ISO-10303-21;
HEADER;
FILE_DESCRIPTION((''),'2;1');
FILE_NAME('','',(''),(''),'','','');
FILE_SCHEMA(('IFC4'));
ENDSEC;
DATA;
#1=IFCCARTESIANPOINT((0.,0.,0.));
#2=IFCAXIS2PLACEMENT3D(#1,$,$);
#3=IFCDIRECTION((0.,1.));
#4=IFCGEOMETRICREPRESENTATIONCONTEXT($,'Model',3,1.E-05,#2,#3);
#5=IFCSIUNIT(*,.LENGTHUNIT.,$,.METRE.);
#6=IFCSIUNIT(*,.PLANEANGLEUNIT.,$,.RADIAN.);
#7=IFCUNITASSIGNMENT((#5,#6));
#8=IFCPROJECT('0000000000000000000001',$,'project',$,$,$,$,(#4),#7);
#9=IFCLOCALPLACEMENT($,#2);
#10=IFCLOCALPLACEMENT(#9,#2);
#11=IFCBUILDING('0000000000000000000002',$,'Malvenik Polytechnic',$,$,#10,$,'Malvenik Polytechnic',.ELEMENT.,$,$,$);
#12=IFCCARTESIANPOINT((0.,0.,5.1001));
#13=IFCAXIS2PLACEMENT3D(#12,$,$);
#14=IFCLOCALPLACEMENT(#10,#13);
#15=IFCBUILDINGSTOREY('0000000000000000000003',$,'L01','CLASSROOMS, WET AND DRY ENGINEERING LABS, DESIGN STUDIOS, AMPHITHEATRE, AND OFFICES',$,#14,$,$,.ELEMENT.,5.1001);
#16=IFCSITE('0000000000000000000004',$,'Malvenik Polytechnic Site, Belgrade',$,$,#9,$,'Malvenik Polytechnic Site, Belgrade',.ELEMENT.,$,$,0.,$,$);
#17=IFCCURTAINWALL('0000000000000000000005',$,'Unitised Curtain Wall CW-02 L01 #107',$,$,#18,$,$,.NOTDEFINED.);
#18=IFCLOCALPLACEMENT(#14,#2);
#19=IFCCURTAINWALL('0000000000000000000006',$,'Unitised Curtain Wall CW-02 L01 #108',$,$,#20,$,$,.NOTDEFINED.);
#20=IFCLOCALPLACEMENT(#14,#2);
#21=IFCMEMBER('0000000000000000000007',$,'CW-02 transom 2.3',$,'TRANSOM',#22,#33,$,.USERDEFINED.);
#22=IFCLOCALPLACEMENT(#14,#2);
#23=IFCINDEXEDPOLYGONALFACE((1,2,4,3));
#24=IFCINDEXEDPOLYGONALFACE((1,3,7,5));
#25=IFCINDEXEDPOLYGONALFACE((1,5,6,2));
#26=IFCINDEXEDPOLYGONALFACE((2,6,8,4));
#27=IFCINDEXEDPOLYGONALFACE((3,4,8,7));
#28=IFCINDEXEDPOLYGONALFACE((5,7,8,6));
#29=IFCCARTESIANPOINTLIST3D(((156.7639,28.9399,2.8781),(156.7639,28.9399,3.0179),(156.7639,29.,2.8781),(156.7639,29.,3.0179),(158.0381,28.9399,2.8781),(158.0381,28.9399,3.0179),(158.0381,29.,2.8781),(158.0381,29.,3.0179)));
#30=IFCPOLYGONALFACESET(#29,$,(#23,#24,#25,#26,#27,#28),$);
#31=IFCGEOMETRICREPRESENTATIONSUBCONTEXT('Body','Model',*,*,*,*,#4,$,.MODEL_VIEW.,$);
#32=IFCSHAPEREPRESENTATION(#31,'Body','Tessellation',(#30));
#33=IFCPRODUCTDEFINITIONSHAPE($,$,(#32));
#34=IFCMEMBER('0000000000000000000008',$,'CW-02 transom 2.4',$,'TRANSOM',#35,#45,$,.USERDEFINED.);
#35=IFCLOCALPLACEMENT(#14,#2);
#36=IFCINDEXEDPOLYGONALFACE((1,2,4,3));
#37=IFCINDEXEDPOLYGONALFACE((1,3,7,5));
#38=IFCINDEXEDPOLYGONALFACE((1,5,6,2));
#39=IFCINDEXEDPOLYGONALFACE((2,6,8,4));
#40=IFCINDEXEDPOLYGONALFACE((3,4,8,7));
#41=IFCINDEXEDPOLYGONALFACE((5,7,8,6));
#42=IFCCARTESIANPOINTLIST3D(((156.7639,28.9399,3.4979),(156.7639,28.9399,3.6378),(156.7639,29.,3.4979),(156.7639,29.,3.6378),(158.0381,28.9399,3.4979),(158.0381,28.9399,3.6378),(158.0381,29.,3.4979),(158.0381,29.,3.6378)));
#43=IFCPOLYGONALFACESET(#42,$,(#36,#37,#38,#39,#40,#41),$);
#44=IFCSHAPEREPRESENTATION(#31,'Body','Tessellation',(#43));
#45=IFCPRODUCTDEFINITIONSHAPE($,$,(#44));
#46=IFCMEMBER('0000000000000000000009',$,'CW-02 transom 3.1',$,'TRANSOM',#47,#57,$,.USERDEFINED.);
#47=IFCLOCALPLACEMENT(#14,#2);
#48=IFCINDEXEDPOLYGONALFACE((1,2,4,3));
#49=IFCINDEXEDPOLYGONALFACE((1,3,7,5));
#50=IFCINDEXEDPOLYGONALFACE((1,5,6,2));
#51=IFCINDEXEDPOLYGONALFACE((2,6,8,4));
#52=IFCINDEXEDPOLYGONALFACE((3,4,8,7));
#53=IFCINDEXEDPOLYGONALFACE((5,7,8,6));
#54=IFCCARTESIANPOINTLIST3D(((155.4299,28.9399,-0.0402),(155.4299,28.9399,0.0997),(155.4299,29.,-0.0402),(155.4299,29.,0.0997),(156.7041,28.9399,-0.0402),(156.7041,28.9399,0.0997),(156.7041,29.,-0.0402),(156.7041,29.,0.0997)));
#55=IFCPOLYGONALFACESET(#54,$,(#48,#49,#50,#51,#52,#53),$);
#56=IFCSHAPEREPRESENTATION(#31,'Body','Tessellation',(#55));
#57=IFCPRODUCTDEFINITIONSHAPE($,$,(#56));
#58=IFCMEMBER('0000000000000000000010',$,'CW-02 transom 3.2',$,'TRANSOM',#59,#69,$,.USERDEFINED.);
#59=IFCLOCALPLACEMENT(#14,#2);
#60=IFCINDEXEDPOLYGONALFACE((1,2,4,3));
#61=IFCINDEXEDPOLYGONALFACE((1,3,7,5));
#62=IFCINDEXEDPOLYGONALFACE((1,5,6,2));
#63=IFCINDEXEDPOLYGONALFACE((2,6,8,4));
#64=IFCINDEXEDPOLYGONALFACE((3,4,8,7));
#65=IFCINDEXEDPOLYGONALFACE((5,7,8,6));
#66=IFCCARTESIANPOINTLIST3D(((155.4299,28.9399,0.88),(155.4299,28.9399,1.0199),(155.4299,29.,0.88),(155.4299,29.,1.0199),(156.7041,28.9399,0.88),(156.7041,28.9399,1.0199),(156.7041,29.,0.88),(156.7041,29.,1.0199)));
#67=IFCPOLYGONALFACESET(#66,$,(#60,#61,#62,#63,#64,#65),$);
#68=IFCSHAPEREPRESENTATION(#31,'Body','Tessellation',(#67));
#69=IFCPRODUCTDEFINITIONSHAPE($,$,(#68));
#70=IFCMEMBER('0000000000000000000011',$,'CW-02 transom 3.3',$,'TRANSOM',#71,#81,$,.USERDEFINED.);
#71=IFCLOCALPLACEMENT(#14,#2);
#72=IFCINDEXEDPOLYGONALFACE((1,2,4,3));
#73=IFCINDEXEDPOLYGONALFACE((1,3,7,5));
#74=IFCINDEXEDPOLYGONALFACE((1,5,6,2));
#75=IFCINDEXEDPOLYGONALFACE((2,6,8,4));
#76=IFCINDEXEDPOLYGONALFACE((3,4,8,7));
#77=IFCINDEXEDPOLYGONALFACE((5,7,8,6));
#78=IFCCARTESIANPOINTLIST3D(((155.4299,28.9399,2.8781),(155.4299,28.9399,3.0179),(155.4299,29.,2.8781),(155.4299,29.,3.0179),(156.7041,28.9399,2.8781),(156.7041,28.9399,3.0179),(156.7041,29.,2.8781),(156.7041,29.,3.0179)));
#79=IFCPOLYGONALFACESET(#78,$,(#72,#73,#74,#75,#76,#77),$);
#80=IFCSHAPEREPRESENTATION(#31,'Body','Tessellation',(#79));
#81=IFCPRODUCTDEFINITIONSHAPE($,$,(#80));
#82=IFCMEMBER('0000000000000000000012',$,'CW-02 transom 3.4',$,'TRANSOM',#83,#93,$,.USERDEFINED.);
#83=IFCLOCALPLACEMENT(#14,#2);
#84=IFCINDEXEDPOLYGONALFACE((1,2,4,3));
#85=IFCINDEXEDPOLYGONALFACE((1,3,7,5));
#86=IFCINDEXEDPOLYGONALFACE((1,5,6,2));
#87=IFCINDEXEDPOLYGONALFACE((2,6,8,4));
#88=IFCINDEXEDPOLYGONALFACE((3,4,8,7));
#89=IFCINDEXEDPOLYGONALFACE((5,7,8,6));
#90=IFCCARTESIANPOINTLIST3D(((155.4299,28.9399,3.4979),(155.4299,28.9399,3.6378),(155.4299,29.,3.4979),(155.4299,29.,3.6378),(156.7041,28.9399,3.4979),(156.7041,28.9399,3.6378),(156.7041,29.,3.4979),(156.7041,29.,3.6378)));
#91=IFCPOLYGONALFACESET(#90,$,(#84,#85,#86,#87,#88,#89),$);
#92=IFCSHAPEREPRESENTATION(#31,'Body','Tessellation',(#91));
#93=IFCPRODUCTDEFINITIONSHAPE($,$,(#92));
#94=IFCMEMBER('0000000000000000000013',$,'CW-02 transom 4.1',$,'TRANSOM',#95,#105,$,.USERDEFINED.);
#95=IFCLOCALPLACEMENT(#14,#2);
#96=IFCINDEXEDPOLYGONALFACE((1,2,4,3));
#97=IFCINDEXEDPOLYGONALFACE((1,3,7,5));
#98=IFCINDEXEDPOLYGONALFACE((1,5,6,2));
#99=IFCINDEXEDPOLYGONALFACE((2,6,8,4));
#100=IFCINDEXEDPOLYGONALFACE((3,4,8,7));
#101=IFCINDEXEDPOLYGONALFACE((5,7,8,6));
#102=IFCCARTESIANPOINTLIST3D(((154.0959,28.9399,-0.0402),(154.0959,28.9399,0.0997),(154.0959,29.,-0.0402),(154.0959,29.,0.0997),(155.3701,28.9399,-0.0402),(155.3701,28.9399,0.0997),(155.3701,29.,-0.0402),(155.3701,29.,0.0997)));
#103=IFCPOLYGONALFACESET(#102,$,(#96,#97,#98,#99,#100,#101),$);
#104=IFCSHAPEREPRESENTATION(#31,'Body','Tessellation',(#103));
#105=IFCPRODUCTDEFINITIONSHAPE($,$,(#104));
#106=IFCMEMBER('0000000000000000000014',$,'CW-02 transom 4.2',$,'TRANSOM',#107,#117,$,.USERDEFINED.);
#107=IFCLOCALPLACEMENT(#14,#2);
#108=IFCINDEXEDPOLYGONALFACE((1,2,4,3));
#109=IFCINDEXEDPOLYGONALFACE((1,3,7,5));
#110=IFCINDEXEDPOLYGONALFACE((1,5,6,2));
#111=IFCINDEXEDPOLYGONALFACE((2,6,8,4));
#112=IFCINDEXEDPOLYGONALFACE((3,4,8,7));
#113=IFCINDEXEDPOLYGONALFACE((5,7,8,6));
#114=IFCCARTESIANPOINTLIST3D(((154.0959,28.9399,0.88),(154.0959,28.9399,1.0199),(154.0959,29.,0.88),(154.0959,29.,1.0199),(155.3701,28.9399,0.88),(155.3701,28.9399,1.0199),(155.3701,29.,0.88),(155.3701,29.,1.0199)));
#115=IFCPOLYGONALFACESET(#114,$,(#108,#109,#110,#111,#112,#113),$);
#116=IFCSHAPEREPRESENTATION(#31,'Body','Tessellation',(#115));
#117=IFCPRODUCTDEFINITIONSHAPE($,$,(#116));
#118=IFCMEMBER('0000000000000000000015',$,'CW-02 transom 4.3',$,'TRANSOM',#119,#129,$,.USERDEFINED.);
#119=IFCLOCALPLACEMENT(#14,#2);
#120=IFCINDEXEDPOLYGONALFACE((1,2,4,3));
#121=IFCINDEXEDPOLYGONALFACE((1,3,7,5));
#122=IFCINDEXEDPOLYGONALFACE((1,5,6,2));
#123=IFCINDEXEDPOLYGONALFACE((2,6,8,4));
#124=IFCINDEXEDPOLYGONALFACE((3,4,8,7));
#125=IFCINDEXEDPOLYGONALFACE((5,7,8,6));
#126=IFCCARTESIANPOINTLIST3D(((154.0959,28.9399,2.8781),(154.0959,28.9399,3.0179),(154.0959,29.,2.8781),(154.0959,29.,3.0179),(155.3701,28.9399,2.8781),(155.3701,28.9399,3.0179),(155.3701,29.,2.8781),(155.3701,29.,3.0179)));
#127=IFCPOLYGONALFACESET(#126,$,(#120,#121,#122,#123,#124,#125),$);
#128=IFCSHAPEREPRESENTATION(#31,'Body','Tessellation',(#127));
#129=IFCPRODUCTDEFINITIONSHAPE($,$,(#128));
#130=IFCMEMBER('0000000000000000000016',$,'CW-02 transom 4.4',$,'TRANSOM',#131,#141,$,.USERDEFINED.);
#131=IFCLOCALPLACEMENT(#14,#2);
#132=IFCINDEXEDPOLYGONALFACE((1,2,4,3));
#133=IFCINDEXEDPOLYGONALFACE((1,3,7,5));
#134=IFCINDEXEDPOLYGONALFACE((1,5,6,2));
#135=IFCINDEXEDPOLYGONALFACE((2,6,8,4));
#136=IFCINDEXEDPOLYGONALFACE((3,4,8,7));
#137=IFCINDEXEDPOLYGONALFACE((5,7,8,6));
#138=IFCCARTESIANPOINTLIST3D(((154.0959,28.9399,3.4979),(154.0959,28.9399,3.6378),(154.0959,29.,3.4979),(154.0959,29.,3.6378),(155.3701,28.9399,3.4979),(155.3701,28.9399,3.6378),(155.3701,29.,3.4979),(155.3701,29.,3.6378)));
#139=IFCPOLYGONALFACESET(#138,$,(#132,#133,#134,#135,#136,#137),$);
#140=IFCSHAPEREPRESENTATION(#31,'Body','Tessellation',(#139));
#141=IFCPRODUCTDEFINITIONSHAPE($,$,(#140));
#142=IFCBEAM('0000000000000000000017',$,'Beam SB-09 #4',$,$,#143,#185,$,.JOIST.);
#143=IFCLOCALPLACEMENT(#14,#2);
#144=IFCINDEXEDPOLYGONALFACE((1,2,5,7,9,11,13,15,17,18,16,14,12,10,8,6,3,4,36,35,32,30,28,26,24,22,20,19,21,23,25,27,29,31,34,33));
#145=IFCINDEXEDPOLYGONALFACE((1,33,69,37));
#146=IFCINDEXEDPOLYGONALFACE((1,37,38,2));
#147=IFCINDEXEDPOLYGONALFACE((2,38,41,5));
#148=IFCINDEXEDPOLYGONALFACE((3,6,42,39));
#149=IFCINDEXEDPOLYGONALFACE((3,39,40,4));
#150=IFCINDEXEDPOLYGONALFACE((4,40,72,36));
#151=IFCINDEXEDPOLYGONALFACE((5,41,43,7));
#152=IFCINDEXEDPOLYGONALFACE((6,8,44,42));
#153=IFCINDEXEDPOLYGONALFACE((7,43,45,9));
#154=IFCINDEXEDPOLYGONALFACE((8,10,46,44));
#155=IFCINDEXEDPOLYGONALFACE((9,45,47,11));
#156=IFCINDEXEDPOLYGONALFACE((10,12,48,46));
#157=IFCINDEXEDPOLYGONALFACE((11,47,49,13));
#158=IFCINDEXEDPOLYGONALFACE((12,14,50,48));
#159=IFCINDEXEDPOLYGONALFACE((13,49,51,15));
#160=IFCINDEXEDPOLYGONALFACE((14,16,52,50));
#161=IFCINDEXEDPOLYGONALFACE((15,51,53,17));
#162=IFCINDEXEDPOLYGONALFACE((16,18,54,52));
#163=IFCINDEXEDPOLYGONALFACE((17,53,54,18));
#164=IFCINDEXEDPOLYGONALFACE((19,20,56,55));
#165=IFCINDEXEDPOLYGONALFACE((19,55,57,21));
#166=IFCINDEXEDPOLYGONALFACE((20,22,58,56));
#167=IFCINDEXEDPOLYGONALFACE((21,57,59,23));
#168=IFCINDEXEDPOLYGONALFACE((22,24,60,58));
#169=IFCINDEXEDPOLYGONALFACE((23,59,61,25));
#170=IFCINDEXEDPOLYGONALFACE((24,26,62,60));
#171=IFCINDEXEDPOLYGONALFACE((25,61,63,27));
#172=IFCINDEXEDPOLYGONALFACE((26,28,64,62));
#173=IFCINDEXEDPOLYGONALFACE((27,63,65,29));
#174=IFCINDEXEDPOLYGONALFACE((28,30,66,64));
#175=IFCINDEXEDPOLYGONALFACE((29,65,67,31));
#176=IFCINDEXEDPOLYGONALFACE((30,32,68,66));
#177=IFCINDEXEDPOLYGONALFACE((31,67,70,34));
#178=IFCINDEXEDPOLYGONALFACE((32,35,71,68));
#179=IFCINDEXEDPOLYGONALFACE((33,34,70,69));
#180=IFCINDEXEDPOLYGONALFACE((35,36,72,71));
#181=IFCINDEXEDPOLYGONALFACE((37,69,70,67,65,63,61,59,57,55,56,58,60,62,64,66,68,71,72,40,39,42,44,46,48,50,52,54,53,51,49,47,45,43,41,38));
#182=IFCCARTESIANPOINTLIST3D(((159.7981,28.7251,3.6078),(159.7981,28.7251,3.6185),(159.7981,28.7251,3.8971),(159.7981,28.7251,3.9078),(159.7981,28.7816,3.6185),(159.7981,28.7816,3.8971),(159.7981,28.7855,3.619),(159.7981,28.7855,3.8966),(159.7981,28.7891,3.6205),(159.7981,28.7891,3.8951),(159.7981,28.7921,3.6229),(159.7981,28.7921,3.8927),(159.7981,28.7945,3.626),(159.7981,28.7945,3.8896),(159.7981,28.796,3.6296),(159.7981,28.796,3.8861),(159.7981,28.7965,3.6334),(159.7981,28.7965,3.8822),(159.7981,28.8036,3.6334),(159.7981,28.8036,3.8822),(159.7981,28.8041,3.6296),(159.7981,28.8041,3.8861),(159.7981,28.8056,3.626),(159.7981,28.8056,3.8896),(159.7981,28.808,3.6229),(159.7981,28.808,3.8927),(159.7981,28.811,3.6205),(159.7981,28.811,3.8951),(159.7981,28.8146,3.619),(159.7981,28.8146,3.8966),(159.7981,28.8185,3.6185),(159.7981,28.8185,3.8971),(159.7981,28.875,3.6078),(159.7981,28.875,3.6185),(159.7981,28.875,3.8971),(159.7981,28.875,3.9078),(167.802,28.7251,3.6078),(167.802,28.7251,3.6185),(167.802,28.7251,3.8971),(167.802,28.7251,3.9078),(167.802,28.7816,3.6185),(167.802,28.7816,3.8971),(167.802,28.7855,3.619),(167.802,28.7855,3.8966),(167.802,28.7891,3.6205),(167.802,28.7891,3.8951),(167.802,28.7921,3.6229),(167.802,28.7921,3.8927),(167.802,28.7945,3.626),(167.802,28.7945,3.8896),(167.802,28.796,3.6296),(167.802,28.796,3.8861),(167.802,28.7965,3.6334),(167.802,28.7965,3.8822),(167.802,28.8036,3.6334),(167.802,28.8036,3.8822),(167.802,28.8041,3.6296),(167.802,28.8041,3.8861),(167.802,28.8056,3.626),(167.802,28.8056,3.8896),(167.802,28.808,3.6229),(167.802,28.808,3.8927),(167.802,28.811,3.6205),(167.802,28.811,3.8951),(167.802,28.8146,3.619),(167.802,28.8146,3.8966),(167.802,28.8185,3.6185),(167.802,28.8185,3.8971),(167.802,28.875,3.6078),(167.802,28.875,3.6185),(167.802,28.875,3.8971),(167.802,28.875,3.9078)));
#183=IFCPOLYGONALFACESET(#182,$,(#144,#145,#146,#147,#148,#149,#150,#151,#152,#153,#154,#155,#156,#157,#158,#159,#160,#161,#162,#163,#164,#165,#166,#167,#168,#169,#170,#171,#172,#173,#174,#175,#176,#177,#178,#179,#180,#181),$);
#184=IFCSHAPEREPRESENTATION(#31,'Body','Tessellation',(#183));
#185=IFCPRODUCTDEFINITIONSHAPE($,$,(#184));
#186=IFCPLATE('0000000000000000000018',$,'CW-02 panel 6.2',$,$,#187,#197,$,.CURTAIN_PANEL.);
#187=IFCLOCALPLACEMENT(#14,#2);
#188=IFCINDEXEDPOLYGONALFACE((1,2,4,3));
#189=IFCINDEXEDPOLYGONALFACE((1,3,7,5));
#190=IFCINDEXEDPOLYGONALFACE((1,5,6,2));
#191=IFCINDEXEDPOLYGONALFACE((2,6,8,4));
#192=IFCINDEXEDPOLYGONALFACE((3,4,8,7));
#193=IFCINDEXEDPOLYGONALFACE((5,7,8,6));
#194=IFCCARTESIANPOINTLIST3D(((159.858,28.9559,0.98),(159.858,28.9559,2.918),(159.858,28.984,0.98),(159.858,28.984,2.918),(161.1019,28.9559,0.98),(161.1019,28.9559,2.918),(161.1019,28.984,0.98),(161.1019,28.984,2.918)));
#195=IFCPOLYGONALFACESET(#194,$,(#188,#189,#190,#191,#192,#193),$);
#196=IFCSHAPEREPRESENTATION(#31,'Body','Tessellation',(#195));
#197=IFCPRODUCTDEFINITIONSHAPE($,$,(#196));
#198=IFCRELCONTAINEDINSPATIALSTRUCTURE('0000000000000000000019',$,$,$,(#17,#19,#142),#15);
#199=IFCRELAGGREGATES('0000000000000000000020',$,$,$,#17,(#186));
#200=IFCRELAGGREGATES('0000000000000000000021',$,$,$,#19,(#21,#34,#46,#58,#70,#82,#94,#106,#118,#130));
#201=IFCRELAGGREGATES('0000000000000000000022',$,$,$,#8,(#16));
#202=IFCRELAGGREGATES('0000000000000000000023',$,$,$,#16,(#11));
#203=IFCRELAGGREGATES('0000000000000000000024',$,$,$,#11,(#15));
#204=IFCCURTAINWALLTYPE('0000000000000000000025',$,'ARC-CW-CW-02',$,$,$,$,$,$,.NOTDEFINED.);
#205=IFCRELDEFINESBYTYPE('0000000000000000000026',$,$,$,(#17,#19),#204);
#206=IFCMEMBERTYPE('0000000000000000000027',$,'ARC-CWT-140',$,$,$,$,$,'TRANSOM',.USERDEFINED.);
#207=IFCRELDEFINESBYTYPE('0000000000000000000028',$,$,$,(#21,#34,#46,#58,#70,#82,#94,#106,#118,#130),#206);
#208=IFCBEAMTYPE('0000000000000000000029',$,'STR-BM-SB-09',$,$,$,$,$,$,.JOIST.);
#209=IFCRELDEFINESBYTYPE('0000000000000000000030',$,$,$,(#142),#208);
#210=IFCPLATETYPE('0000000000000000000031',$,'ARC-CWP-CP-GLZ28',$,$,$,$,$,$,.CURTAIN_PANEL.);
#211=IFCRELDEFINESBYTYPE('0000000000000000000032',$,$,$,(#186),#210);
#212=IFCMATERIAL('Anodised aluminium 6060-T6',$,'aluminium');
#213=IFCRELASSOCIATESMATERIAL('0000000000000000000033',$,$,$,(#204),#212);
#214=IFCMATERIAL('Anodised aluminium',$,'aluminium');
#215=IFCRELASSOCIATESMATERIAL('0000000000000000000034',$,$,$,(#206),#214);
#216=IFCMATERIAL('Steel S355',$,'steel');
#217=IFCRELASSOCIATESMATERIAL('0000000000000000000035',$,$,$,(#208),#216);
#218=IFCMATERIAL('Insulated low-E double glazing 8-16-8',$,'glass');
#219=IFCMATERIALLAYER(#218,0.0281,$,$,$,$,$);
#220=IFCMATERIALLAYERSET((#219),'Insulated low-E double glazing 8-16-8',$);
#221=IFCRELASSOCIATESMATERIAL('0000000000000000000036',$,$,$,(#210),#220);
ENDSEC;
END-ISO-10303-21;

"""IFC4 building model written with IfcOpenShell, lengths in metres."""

from ifc_helpers import new_model, si_unit, direction, frame, origin, origin_2d, place, context, subcontext, project, spatial, rectangle, i_section, extrude, material, layer, layer_set, material_profile, profile_set, type_object, element, aggregate, save


model = new_model("IFC4")

# Units and contexts
model_context = context("Model", 3, precision=1e-05, world=origin(), true_north=direction((0.0, 1.0)))
body_context = subcontext(model_context, "Body", "Model", "MODEL_VIEW")
ifc_project = project(units=[si_unit("LENGTHUNIT", "METRE"), si_unit("PLANEANGLEUNIT", "RADIAN")], contexts=[model_context])

# Site, building, storey
site_placement = place(None, origin())
site = spatial("IfcSite", under=ifc_project, at=site_placement, Name="Malvenik Polytechnic Site, Belgrade", LongName="Malvenik Polytechnic Site, Belgrade", CompositionType="ELEMENT", RefElevation=0.0)
building_placement = place(site_placement, origin())
building = spatial("IfcBuilding", under=site, at=building_placement, Name="Malvenik Polytechnic", LongName="Malvenik Polytechnic", CompositionType="ELEMENT")
storey_placement = place(building_placement, frame((0.0, 0.0, 5.1001)))
storey = spatial("IfcBuildingStorey", under=building, at=storey_placement, Name="L01", Description="CLASSROOMS, WET AND DRY ENGINEERING LABS, DESIGN STUDIOS, AMPHITHEATRE, AND OFFICES", CompositionType="ELEMENT", Elevation=5.1001)

# Curtain wall
ifc_material_1 = material(Name="Anodised aluminium 6060-T6", Category="aluminium")
curtain_wall_type = type_object("IfcCurtainWallType", Name="ARC-CW-CW-02", PredefinedType="NOTDEFINED", material=ifc_material_1)
curtain_wall_1_placement = place(storey_placement, origin())
curtain_wall_1 = element("IfcCurtainWall", 1, at=curtain_wall_1_placement, inside=storey, type_object=curtain_wall_type, Name="Unitised Curtain Wall CW-02 L01 #107", PredefinedType="NOTDEFINED")
ifc_material_2 = material(Name="Anodised aluminium", Category="aluminium")

# Curtain wall
curtain_wall_2_placement = place(storey_placement, origin())
curtain_wall_2 = element("IfcCurtainWall", 2, at=curtain_wall_2_placement, inside=storey, type_object=curtain_wall_type, Name="Unitised Curtain Wall CW-02 L01 #108", PredefinedType="NOTDEFINED")

# Members
ifc_material_profile_1 = material_profile(ifc_material_2, rectangle(XDim=0.0601, YDim=0.1399, at=origin_2d()), Name="ALU TRANSOM 60x140")
ifc_profile_set_1 = profile_set([ifc_material_profile_1], Name="Anodised aluminium")
member_type_1 = type_object("IfcMemberType", Name="ARC-CWT-140", ElementType="TRANSOM", PredefinedType="USERDEFINED", material=ifc_profile_set_1)
member_1_placement = place(storey_placement, frame((158.0381, 28.97, 2.948), z_axis=(-1.0, 0.0, 0.0), x_axis=(0.0, -1.0, 0.0)))
member_1 = element("IfcMember", 3, at=member_1_placement, type_object=member_type_1, Name="CW-02 transom 2.3", ObjectType="TRANSOM", PredefinedType="USERDEFINED", context=body_context, shape_type="SweptSolid", body=[
    extrude(rectangle(XDim=0.0601, YDim=0.1399, at=origin_2d()), origin(), (0.0, 0.0, 1.0), 1.2742),
])
member_2_placement = place(storey_placement, frame((158.0381, 28.97, 3.5679), z_axis=(-1.0, 0.0, 0.0), x_axis=(0.0, -1.0, 0.0)))
member_2 = element("IfcMember", 4, at=member_2_placement, type_object=member_type_1, Name="CW-02 transom 2.4", ObjectType="TRANSOM", PredefinedType="USERDEFINED", context=body_context, shape_type="SweptSolid", body=[
    extrude(rectangle(XDim=0.0601, YDim=0.1399, at=origin_2d()), origin(), (0.0, 0.0, 1.0), 1.2742),
])
member_3_placement = place(storey_placement, frame((156.7041, 28.97, 0.0298), z_axis=(-1.0, 0.0, 0.0), x_axis=(0.0, -1.0, 0.0)))
member_3 = element("IfcMember", 5, at=member_3_placement, type_object=member_type_1, Name="CW-02 transom 3.1", ObjectType="TRANSOM", PredefinedType="USERDEFINED", context=body_context, shape_type="SweptSolid", body=[
    extrude(rectangle(XDim=0.0601, YDim=0.1399, at=origin_2d()), origin(), (0.0, 0.0, 1.0), 1.2742),
])
member_4_placement = place(storey_placement, frame((156.7041, 28.97, 0.95), z_axis=(-1.0, 0.0, 0.0), x_axis=(0.0, -1.0, 0.0)))
member_4 = element("IfcMember", 6, at=member_4_placement, type_object=member_type_1, Name="CW-02 transom 3.2", ObjectType="TRANSOM", PredefinedType="USERDEFINED", context=body_context, shape_type="SweptSolid", body=[
    extrude(rectangle(XDim=0.0601, YDim=0.1399, at=origin_2d()), origin(), (0.0, 0.0, 1.0), 1.2742),
])
member_5_placement = place(storey_placement, frame((156.7041, 28.97, 2.948), z_axis=(-1.0, 0.0, 0.0), x_axis=(0.0, -1.0, 0.0)))
member_5 = element("IfcMember", 7, at=member_5_placement, type_object=member_type_1, Name="CW-02 transom 3.3", ObjectType="TRANSOM", PredefinedType="USERDEFINED", context=body_context, shape_type="SweptSolid", body=[
    extrude(rectangle(XDim=0.0601, YDim=0.1399, at=origin_2d()), origin(), (0.0, 0.0, 1.0), 1.2742),
])
member_6_placement = place(storey_placement, frame((156.7041, 28.97, 3.5679), z_axis=(-1.0, 0.0, 0.0), x_axis=(0.0, -1.0, 0.0)))
member_6 = element("IfcMember", 8, at=member_6_placement, type_object=member_type_1, Name="CW-02 transom 3.4", ObjectType="TRANSOM", PredefinedType="USERDEFINED", context=body_context, shape_type="SweptSolid", body=[
    extrude(rectangle(XDim=0.0601, YDim=0.1399, at=origin_2d()), origin(), (0.0, 0.0, 1.0), 1.2742),
])
member_7_placement = place(storey_placement, frame((155.3701, 28.97, 0.0298), z_axis=(-1.0, 0.0, 0.0), x_axis=(0.0, -1.0, 0.0)))
member_7 = element("IfcMember", 9, at=member_7_placement, type_object=member_type_1, Name="CW-02 transom 4.1", ObjectType="TRANSOM", PredefinedType="USERDEFINED", context=body_context, shape_type="SweptSolid", body=[
    extrude(rectangle(XDim=0.0601, YDim=0.1399, at=origin_2d()), origin(), (0.0, 0.0, 1.0), 1.2742),
])
member_8_placement = place(storey_placement, frame((155.3701, 28.97, 0.95), z_axis=(-1.0, 0.0, 0.0), x_axis=(0.0, -1.0, 0.0)))
member_8 = element("IfcMember", 10, at=member_8_placement, type_object=member_type_1, Name="CW-02 transom 4.2", ObjectType="TRANSOM", PredefinedType="USERDEFINED", context=body_context, shape_type="SweptSolid", body=[
    extrude(rectangle(XDim=0.0601, YDim=0.1399, at=origin_2d()), origin(), (0.0, 0.0, 1.0), 1.2742),
])
member_9_placement = place(storey_placement, frame((155.3701, 28.97, 2.948), z_axis=(-1.0, 0.0, 0.0), x_axis=(0.0, -1.0, 0.0)))
member_9 = element("IfcMember", 11, at=member_9_placement, type_object=member_type_1, Name="CW-02 transom 4.3", ObjectType="TRANSOM", PredefinedType="USERDEFINED", context=body_context, shape_type="SweptSolid", body=[
    extrude(rectangle(XDim=0.0601, YDim=0.1399, at=origin_2d()), origin(), (0.0, 0.0, 1.0), 1.2742),
])
member_10_placement = place(storey_placement, frame((155.3701, 28.97, 3.5679), z_axis=(-1.0, 0.0, 0.0), x_axis=(0.0, -1.0, 0.0)))
member_10 = element("IfcMember", 12, at=member_10_placement, type_object=member_type_1, Name="CW-02 transom 4.4", ObjectType="TRANSOM", PredefinedType="USERDEFINED", context=body_context, shape_type="SweptSolid", body=[
    extrude(rectangle(XDim=0.0601, YDim=0.1399, at=origin_2d()), origin(), (0.0, 0.0, 1.0), 1.2742),
])

# Beam
ifc_material_3 = material(Name="Steel S355", Category="steel")
ifc_material_profile_2 = material_profile(ifc_material_3, i_section(OverallWidth=0.1499, OverallDepth=0.3, WebThickness=0.0071, FlangeThickness=0.0107, FilletRadius=0.0149, at=origin_2d()), Name="IPE 300")
ifc_profile_set_2 = profile_set([ifc_material_profile_2], Name="Steel S355")
beam_type = type_object("IfcBeamType", Name="STR-BM-SB-09", PredefinedType="JOIST", material=ifc_profile_set_2)
beam_placement = place(storey_placement, frame((159.7981, 28.8, 3.7578), z_axis=(1.0, 0.0, 0.0), x_axis=(0.0, 1.0, 0.0)))
element("IfcBeam", 13, at=beam_placement, inside=storey, type_object=beam_type, Name="Beam SB-09 #4", PredefinedType="JOIST", context=body_context, shape_type="SweptSolid", body=[
    extrude(i_section(OverallWidth=0.1499, OverallDepth=0.3, WebThickness=0.0071, FlangeThickness=0.0107, FilletRadius=0.0149, at=origin_2d()), origin(), (0.0, 0.0, 1.0), 8.0039),
])

# Plate
ifc_material_4 = material(Name="Insulated low-E double glazing 8-16-8", Category="glass")
ifc_layer_1 = layer(ifc_material_4, 0.0281)
ifc_layer_set_1 = layer_set([ifc_layer_1], Name="Insulated low-E double glazing 8-16-8")
plate_type_1 = type_object("IfcPlateType", Name="ARC-CWP-CP-GLZ28", PredefinedType="CURTAIN_PANEL", material=ifc_layer_set_1)
plate_1_placement = place(storey_placement, frame((160.48, 28.97, 0.98), z_axis=(0.0, 0.0, 1.0), x_axis=(-1.0, 0.0, 0.0)))
plate_1 = element("IfcPlate", 14, at=plate_1_placement, type_object=plate_type_1, Name="CW-02 panel 6.2", PredefinedType="CURTAIN_PANEL", context=body_context, shape_type="SweptSolid", body=[
    extrude(rectangle(XDim=1.2439, YDim=0.0281, at=origin_2d()), origin(), (0.0, 0.0, 1.0), 1.938),
])
aggregate(curtain_wall_1, [plate_1])
aggregate(curtain_wall_2, [member_1, member_2, member_3, member_4, member_5, member_6, member_7, member_8, member_9, member_10])

save(model, "model.ifc")
